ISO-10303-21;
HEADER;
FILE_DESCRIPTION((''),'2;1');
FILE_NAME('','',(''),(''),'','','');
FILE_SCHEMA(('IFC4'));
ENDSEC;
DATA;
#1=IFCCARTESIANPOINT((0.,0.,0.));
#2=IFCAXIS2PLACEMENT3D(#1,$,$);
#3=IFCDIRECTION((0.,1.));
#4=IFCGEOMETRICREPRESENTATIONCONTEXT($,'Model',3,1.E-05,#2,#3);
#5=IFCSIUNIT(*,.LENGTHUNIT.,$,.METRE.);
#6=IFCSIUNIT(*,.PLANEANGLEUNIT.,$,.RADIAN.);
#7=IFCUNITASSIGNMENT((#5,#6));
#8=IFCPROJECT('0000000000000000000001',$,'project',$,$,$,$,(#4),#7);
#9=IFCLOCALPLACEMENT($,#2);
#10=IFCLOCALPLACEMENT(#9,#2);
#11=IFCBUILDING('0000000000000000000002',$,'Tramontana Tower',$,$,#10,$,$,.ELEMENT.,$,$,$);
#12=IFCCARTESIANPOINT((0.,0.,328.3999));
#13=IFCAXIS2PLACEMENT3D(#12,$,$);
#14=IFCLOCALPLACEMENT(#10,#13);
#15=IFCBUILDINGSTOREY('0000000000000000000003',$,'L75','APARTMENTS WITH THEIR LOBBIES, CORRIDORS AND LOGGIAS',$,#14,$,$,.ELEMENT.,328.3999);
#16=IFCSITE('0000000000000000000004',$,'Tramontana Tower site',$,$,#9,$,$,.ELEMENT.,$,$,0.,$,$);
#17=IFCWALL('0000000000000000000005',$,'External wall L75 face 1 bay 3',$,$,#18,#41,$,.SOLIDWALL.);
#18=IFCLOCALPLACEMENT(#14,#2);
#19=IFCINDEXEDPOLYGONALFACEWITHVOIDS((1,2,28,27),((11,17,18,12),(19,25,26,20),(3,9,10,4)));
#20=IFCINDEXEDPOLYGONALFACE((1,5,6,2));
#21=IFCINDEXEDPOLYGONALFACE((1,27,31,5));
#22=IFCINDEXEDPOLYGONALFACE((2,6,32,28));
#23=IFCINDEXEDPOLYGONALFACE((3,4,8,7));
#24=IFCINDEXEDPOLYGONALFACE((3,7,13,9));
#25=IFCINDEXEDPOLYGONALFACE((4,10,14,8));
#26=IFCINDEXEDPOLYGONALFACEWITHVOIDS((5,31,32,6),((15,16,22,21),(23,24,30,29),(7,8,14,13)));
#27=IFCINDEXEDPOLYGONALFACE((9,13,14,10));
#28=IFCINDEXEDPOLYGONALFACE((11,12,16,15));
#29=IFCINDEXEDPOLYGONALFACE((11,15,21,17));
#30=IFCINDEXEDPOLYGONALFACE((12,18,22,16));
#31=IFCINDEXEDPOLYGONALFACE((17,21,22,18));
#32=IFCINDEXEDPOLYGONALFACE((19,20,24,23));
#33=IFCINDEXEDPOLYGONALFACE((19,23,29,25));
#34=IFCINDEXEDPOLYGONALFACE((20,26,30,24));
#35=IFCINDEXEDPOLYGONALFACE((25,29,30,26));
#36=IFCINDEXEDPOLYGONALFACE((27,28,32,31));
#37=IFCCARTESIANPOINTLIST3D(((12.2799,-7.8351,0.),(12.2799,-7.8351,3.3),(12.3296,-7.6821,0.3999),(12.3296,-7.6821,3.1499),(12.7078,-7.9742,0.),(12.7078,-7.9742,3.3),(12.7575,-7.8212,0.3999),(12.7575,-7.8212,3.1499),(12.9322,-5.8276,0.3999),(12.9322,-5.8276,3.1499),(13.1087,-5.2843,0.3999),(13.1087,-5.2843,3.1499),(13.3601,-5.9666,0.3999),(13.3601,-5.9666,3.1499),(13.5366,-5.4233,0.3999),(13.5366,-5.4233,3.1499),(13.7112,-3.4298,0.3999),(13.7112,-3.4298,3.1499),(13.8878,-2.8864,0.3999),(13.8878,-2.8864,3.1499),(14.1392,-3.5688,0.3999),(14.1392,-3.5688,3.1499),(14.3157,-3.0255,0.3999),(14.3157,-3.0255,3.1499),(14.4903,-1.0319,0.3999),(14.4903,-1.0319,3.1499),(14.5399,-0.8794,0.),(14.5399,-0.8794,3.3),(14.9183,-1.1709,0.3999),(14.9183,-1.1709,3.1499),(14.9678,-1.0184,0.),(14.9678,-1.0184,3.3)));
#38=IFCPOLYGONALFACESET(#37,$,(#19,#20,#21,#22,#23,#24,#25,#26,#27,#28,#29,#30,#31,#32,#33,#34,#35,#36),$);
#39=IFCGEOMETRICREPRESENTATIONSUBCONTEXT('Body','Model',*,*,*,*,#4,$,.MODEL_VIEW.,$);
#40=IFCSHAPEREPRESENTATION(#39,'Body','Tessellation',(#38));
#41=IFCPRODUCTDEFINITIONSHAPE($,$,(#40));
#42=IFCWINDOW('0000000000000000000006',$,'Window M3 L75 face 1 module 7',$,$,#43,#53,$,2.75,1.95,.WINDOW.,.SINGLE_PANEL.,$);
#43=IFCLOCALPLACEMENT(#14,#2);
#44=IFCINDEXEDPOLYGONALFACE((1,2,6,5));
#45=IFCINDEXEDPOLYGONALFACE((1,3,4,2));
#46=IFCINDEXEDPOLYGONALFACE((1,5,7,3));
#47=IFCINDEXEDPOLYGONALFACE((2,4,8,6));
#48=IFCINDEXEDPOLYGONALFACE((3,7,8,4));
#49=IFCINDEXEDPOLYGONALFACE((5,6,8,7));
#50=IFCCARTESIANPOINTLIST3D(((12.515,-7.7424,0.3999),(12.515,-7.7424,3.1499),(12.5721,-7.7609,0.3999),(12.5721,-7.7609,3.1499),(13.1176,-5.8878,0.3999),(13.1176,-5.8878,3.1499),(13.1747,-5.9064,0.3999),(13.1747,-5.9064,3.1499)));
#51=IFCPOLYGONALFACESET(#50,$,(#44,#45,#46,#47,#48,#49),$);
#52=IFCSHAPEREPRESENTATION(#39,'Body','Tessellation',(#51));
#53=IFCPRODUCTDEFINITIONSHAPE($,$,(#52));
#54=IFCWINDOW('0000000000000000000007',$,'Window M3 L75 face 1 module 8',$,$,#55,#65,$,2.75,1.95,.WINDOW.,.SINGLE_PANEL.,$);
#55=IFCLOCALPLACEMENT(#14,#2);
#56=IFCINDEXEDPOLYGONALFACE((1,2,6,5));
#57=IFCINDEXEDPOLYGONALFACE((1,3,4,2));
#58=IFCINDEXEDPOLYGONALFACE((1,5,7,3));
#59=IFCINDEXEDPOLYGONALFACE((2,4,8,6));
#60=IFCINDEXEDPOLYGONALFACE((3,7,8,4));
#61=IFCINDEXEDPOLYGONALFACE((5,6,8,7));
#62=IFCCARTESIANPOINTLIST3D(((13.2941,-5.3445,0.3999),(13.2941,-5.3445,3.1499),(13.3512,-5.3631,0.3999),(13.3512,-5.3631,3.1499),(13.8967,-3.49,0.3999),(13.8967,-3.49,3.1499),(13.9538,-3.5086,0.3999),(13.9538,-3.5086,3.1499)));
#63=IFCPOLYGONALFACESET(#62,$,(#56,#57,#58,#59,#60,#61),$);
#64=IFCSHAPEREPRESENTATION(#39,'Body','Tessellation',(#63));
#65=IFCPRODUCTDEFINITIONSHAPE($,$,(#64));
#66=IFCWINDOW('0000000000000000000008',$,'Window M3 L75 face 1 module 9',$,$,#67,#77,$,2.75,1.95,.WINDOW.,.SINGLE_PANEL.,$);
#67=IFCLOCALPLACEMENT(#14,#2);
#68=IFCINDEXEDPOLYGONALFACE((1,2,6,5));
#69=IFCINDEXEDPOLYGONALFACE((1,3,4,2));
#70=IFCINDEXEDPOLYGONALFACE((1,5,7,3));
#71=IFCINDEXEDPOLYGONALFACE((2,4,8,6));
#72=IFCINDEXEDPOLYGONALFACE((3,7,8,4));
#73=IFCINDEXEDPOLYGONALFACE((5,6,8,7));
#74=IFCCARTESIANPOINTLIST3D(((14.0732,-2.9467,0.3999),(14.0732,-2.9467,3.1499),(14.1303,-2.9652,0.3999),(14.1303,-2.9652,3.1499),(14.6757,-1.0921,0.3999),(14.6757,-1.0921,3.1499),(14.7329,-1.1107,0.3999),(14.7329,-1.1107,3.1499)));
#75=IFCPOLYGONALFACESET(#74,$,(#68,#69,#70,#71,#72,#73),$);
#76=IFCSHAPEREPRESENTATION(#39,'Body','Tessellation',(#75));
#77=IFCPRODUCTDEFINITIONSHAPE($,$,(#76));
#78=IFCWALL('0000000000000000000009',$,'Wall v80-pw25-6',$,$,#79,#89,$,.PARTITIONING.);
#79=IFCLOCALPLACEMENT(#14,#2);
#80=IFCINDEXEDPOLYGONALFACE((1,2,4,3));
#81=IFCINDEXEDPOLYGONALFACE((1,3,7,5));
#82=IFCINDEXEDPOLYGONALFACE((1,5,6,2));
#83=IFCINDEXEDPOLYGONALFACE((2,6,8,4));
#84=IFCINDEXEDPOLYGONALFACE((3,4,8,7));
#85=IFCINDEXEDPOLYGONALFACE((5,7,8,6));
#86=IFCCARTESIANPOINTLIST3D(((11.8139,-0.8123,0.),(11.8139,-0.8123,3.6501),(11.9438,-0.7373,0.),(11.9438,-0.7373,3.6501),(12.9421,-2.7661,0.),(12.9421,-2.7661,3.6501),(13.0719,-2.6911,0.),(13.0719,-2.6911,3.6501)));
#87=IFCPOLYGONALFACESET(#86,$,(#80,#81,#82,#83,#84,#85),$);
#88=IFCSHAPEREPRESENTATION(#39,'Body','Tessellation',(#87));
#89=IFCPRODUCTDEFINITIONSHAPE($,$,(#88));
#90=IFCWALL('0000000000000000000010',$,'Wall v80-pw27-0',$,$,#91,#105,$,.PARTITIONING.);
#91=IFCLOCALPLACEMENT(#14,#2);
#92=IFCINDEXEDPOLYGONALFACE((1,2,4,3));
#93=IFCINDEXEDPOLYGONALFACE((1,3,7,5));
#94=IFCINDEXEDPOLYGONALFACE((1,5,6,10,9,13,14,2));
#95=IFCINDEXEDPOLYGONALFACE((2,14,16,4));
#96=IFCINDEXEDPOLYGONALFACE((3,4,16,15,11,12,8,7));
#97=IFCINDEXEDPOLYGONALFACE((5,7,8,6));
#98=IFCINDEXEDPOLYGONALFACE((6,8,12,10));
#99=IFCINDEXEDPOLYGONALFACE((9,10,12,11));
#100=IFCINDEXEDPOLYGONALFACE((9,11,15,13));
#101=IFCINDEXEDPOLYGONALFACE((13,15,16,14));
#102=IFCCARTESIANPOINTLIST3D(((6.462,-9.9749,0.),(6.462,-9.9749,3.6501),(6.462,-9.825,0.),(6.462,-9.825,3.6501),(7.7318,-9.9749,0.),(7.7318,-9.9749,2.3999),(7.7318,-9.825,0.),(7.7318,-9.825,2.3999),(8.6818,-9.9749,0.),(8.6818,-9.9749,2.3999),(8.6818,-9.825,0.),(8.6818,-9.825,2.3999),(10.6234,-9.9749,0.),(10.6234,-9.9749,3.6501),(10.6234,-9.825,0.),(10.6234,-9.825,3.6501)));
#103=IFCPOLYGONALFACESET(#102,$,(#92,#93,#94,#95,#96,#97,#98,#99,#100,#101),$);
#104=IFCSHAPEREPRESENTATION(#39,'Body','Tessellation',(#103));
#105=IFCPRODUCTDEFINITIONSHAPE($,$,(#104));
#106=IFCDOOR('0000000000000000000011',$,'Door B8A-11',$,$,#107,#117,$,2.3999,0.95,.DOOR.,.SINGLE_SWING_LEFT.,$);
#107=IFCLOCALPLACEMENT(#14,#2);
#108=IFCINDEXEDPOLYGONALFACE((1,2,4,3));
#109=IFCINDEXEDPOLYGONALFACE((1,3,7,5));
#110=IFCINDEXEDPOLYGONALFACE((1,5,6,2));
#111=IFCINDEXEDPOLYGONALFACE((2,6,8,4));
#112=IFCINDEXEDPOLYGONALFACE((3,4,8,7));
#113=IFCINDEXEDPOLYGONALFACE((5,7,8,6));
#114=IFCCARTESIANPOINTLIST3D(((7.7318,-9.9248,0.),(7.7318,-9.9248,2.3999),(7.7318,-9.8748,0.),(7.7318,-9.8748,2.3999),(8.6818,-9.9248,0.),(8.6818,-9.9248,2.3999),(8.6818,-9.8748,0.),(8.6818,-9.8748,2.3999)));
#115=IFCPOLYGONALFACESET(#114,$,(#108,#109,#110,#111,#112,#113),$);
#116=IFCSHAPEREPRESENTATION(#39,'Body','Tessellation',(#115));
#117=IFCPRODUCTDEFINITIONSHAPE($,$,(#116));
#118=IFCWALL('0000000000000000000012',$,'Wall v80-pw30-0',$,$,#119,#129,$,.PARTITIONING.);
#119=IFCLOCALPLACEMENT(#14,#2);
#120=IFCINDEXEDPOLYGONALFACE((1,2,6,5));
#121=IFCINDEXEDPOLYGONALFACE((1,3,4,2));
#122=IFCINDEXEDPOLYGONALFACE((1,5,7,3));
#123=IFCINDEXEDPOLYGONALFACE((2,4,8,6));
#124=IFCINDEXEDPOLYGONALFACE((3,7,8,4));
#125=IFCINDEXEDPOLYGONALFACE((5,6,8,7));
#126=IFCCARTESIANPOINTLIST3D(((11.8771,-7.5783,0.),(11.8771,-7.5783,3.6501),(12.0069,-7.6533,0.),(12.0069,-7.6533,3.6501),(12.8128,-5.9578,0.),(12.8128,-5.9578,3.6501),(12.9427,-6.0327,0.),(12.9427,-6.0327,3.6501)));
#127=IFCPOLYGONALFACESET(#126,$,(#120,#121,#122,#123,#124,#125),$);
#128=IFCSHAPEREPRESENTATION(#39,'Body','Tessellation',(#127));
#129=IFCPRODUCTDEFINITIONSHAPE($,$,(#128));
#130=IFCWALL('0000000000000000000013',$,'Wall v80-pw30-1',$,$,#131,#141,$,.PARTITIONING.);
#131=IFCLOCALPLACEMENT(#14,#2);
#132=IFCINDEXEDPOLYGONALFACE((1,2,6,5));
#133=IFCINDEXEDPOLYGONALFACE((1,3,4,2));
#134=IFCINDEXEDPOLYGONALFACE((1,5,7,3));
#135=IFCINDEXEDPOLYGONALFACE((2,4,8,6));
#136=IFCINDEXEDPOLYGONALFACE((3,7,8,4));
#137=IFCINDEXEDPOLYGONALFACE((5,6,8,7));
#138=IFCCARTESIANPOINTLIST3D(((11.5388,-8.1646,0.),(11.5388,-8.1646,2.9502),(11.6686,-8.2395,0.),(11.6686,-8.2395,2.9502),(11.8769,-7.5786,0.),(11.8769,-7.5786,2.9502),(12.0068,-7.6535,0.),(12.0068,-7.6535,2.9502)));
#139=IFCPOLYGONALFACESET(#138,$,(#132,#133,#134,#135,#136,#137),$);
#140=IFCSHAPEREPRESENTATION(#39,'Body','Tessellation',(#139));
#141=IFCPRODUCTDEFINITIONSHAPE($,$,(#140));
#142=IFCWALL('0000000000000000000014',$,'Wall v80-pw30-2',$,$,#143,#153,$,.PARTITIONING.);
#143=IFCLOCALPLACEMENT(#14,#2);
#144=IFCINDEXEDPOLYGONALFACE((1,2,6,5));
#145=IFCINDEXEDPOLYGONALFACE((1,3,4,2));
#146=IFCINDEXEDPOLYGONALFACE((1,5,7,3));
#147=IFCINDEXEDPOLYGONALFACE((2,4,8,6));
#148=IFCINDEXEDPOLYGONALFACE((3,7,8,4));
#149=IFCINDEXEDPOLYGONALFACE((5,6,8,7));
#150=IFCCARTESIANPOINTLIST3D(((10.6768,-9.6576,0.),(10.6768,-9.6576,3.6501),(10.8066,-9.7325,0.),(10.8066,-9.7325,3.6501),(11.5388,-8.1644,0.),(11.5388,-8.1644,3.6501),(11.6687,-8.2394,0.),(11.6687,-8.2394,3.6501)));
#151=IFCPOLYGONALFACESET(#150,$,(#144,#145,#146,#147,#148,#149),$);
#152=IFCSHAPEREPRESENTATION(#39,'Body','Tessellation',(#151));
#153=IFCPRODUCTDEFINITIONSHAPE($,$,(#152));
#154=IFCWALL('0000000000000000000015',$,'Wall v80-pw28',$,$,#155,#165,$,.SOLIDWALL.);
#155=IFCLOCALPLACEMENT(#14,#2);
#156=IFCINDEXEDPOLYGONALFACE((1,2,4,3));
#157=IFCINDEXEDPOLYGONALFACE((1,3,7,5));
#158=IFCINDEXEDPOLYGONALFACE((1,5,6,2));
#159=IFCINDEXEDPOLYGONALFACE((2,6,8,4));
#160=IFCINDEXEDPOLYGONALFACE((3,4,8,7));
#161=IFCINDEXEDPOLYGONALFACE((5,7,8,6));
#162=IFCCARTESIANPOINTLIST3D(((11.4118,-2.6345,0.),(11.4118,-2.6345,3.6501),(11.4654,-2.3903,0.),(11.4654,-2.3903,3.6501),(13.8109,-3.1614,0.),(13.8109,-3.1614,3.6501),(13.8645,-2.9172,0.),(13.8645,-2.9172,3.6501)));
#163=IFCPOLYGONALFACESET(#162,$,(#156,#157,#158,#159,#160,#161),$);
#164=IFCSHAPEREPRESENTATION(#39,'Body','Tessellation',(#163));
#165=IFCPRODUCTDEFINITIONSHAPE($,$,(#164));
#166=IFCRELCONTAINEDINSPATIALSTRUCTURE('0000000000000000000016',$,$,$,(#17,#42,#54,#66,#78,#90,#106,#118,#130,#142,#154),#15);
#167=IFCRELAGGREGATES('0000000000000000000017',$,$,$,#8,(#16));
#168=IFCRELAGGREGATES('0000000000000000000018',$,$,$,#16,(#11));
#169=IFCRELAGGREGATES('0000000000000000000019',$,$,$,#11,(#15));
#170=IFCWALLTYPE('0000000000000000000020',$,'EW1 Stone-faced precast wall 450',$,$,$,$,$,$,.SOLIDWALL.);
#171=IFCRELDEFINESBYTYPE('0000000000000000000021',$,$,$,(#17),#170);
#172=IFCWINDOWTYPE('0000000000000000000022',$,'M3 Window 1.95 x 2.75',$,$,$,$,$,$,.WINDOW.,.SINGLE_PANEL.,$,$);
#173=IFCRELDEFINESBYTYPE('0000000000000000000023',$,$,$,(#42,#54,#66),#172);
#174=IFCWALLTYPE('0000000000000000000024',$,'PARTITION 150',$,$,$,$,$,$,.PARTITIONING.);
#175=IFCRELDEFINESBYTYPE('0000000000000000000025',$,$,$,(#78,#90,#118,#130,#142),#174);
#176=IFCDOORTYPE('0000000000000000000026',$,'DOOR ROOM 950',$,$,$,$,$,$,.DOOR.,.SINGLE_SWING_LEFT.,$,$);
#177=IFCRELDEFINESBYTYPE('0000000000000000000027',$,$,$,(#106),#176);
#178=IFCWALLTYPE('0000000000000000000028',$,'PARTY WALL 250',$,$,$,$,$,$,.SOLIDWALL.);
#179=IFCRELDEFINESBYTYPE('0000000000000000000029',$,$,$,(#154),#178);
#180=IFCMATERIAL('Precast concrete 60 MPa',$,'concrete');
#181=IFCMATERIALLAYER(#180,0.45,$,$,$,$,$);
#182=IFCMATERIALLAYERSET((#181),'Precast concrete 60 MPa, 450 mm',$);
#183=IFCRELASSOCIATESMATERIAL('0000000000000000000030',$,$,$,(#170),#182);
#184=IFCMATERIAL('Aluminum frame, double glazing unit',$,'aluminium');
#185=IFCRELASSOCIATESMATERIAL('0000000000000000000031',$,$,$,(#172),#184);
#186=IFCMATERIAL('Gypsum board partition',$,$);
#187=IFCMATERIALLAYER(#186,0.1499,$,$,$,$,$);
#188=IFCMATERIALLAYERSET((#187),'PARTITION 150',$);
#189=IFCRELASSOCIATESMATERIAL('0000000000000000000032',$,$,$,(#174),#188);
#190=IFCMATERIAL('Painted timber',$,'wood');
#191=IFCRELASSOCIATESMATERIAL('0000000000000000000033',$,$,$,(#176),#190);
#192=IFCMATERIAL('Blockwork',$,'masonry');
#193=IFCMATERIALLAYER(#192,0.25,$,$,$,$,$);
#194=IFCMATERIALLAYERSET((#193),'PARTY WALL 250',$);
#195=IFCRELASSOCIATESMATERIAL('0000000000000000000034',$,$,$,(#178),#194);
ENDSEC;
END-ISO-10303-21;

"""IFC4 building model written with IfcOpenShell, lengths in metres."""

from ifc_helpers import new_model, si_unit, direction, frame, frame_2d, origin, place, context, subcontext, project, spatial, rectangle, extrude, material, layer, layer_set, type_object, element, fill, save


model = new_model("IFC4")

# Units and contexts
model_context = context("Model", 3, precision=1e-05, world=origin(), true_north=direction((0.0, 1.0)))
body_context = subcontext(model_context, "Body", "Model", "MODEL_VIEW")
ifc_project = project(units=[si_unit("LENGTHUNIT", "METRE"), si_unit("PLANEANGLEUNIT", "RADIAN")], contexts=[model_context])

# Site, building, storey
site_placement = place(None, origin())
site = spatial("IfcSite", under=ifc_project, at=site_placement, Name="Tramontana Tower site", CompositionType="ELEMENT", RefElevation=0.0)
building_placement = place(site_placement, origin())
building = spatial("IfcBuilding", under=site, at=building_placement, Name="Tramontana Tower", CompositionType="ELEMENT")
storey_placement = place(building_placement, frame((0.0, 0.0, 328.3999)))
storey = spatial("IfcBuildingStorey", under=building, at=storey_placement, Name="L75", Description="APARTMENTS WITH THEIR LOBBIES, CORRIDORS AND LOGGIAS", CompositionType="ELEMENT", Elevation=328.3999)

# Wall, openings, windows
ifc_material_1 = material(Name="Precast concrete 60 MPa", Category="concrete")
ifc_layer_1 = layer(ifc_material_1, 0.45)
ifc_layer_set_1 = layer_set([ifc_layer_1], Name="Precast concrete 60 MPa, 450 mm")
wall_type_1 = type_object("IfcWallType", Name="EW1 Stone-faced precast wall 450", PredefinedType="SOLIDWALL", material=ifc_layer_set_1)
wall_1_placement = place(storey_placement, frame((12.4939, -7.9045, 0.0), z_axis=(0.0, 0.0, 1.0), x_axis=(0.309008, 0.951059, 0.0)))
wall_1 = element("IfcWall", 1, at=wall_1_placement, inside=storey, type_object=wall_type_1, Name="External wall L75 face 1 bay 3", PredefinedType="SOLIDWALL", context=body_context, shape_type="SweptSolid", body=[
    extrude(rectangle(XDim=7.3137, YDim=0.45, at=frame_2d((3.6567, 0.0))), origin(), (0.0, 0.0, 1.0), 3.3),
])
opening_1_placement = place(wall_1_placement, frame((0.1606, 0.0, 0.3999)))
opening_1 = element("IfcOpeningElement", 2, at=opening_1_placement, cuts=wall_1, PredefinedType="OPENING", context=body_context, shape_type="SweptSolid", body=[
    extrude(rectangle(XDim=1.95, YDim=2.75, at=frame_2d((0.9751, 1.375))), frame((0.0, 0.2349, 0.0), z_axis=(0.0, -1.0, 0.0), x_axis=(1.0, 0.0, 0.0)), (0.0, 0.0, 1.0), 0.47),
])
opening_2_placement = place(wall_1_placement, frame((2.6819, 0.0, 0.3999)))
opening_2 = element("IfcOpeningElement", 3, at=opening_2_placement, cuts=wall_1, PredefinedType="OPENING", context=body_context, shape_type="SweptSolid", body=[
    extrude(rectangle(XDim=1.95, YDim=2.75, at=frame_2d((0.9751, 1.375))), frame((0.0, 0.2349, 0.0), z_axis=(0.0, -1.0, 0.0), x_axis=(1.0, 0.0, 0.0)), (0.0, 0.0, 1.0), 0.47),
])
opening_3_placement = place(wall_1_placement, frame((5.2031, 0.0, 0.3999)))
opening_3 = element("IfcOpeningElement", 4, at=opening_3_placement, cuts=wall_1, PredefinedType="OPENING", context=body_context, shape_type="SweptSolid", body=[
    extrude(rectangle(XDim=1.95, YDim=2.75, at=frame_2d((0.9751, 1.375))), frame((0.0, 0.2349, 0.0), z_axis=(0.0, -1.0, 0.0), x_axis=(1.0, 0.0, 0.0)), (0.0, 0.0, 1.0), 0.47),
])
ifc_material_2 = material(Name="Aluminum frame, double glazing unit", Category="aluminium")
window_type = type_object("IfcWindowType", Name="M3 Window 1.95 x 2.75", PartitioningType="SINGLE_PANEL", PredefinedType="WINDOW", material=ifc_material_2)
window_1_placement = place(opening_1_placement, origin())
window_1 = element("IfcWindow", 5, at=window_1_placement, inside=storey, type_object=window_type, Name="Window M3 L75 face 1 module 7", OverallHeight=2.75, OverallWidth=1.95, PartitioningType="SINGLE_PANEL", PredefinedType="WINDOW", context=body_context, shape_type="SweptSolid", body=[
    extrude(rectangle(XDim=1.95, YDim=2.75, at=frame_2d((0.9751, 1.375))), frame((0.0, 0.03, 0.0), z_axis=(0.0, -1.0, 0.0), x_axis=(1.0, 0.0, 0.0)), (0.0, 0.0, 1.0), 0.0601),
])
fill(opening_1, window_1)
window_2_placement = place(opening_2_placement, origin())
window_2 = element("IfcWindow", 6, at=window_2_placement, inside=storey, type_object=window_type, Name="Window M3 L75 face 1 module 8", OverallHeight=2.75, OverallWidth=1.95, PartitioningType="SINGLE_PANEL", PredefinedType="WINDOW", context=body_context, shape_type="SweptSolid", body=[
    extrude(rectangle(XDim=1.95, YDim=2.75, at=frame_2d((0.9751, 1.375))), frame((0.0, 0.03, 0.0), z_axis=(0.0, -1.0, 0.0), x_axis=(1.0, 0.0, 0.0)), (0.0, 0.0, 1.0), 0.0601),
])
fill(opening_2, window_2)
window_3_placement = place(opening_3_placement, origin())
window_3 = element("IfcWindow", 7, at=window_3_placement, inside=storey, type_object=window_type, Name="Window M3 L75 face 1 module 9", OverallHeight=2.75, OverallWidth=1.95, PartitioningType="SINGLE_PANEL", PredefinedType="WINDOW", context=body_context, shape_type="SweptSolid", body=[
    extrude(rectangle(XDim=1.95, YDim=2.75, at=frame_2d((0.9751, 1.375))), frame((0.0, 0.03, 0.0), z_axis=(0.0, -1.0, 0.0), x_axis=(1.0, 0.0, 0.0)), (0.0, 0.0, 1.0), 0.0601),
])
fill(opening_3, window_3)

# Wall
ifc_material_3 = material(Name="Gypsum board partition")
ifc_layer_2 = layer(ifc_material_3, 0.1499)
ifc_layer_set_2 = layer_set([ifc_layer_2], Name="PARTITION 150")
wall_type_2 = type_object("IfcWallType", Name="PARTITION 150", PredefinedType="PARTITIONING", material=ifc_layer_set_2)
wall_2_placement = place(storey_placement, frame((11.8789, -0.7749, 0.0), z_axis=(0.0, 0.0, 1.0), x_axis=(0.500038, -0.866004, 0.0)))
element("IfcWall", 8, at=wall_2_placement, inside=storey, type_object=wall_type_2, Name="Wall v80-pw25-6", PredefinedType="PARTITIONING", context=body_context, shape_type="SweptSolid", body=[
    extrude(rectangle(XDim=2.2561, YDim=0.1499, at=frame_2d((1.1279, 0.0))), origin(), (0.0, 0.0, 1.0), 3.6501),
])

# Wall, opening, door
wall_3_placement = place(storey_placement, frame((10.6233, -9.8999, 0.0), z_axis=(0.0, 0.0, 1.0), x_axis=(-1.0, 0.0, 0.0)))
wall_3 = element("IfcWall", 9, at=wall_3_placement, inside=storey, type_object=wall_type_2, Name="Wall v80-pw27-0", PredefinedType="PARTITIONING", context=body_context, shape_type="SweptSolid", body=[
    extrude(rectangle(XDim=4.1614, YDim=0.1499, at=frame_2d((2.0806, 0.0))), origin(), (0.0, 0.0, 1.0), 3.6501),
])
opening_4_placement = place(wall_3_placement, frame((1.9414, 0.0, 0.0)))
opening_4 = element("IfcOpeningElement", 10, at=opening_4_placement, cuts=wall_3, PredefinedType="OPENING", context=body_context, shape_type="SweptSolid", body=[
    extrude(rectangle(XDim=0.95, YDim=2.3999, at=frame_2d((0.4751, 1.2))), frame((0.0, 0.085, 0.0), z_axis=(0.0, -1.0, 0.0), x_axis=(1.0, 0.0, 0.0)), (0.0, 0.0, 1.0), 0.1699),
])
ifc_material_4 = material(Name="Painted timber", Category="wood")
door_type_1 = type_object("IfcDoorType", Name="DOOR ROOM 950", OperationType="SINGLE_SWING_LEFT", PredefinedType="DOOR", material=ifc_material_4)
door_1_placement = place(opening_4_placement, origin())
door_1 = element("IfcDoor", 11, at=door_1_placement, inside=storey, type_object=door_type_1, Name="Door B8A-11", OperationType="SINGLE_SWING_LEFT", OverallHeight=2.3999, OverallWidth=0.95, PredefinedType="DOOR", context=body_context, shape_type="SweptSolid", body=[
    extrude(rectangle(XDim=0.95, YDim=2.3999, at=frame_2d((0.4751, 1.2))), frame((0.0, 0.0249, 0.0), z_axis=(0.0, -1.0, 0.0), x_axis=(1.0, 0.0, 0.0)), (0.0, 0.0, 1.0), 0.05),
])
fill(opening_4, door_1)

# Walls
wall_4_placement = place(storey_placement, frame((12.8777, -5.9954, 0.0), z_axis=(0.0, 0.0, 1.0), x_axis=(-0.500054, -0.865994, 0.0)))
element("IfcWall", 12, at=wall_4_placement, inside=storey, type_object=wall_type_2, Name="Wall v80-pw30-0", PredefinedType="PARTITIONING", context=body_context, shape_type="SweptSolid", body=[
    extrude(rectangle(XDim=1.8713, YDim=0.1499, at=frame_2d((0.9355, 0.0))), origin(), (0.0, 0.0, 1.0), 3.6501),
])
wall_5_placement = place(storey_placement, frame((11.9419, -7.616, 0.0), z_axis=(0.0, 0.0, 1.0), x_axis=(-0.499827, -0.866125, 0.0)))
element("IfcWall", 13, at=wall_5_placement, inside=storey, type_object=wall_type_2, Name="Wall v80-pw30-1", PredefinedType="PARTITIONING", context=body_context, shape_type="SweptSolid", body=[
    extrude(rectangle(XDim=0.6765, YDim=0.1499, at=frame_2d((0.3384, 0.0))), origin(), (0.0, 0.0, 1.0), 2.9502),
])
wall_6_placement = place(storey_placement, frame((11.6038, -8.2019, 0.0), z_axis=(0.0, 0.0, 1.0), x_axis=(-0.499992, -0.86603, 0.0)))
element("IfcWall", 14, at=wall_6_placement, inside=storey, type_object=wall_type_2, Name="Wall v80-pw30-2", PredefinedType="PARTITIONING", context=body_context, shape_type="SweptSolid", body=[
    extrude(rectangle(XDim=1.7241, YDim=0.1499, at=frame_2d((0.8621, 0.0))), origin(), (0.0, 0.0, 1.0), 3.6501),
])
ifc_material_5 = material(Name="Blockwork", Category="masonry")
ifc_layer_3 = layer(ifc_material_5, 0.25)
ifc_layer_set_3 = layer_set([ifc_layer_3], Name="PARTY WALL 250")
wall_type_3 = type_object("IfcWallType", Name="PARTY WALL 250", PredefinedType="SOLIDWALL", material=ifc_layer_set_3)
wall_7_placement = place(storey_placement, frame((11.4387, -2.5125, 0.0), z_axis=(0.0, 0.0, 1.0), x_axis=(0.976727, -0.214488, 0.0)))
element("IfcWall", 15, at=wall_7_placement, inside=storey, type_object=wall_type_3, Name="Wall v80-pw28", PredefinedType="SOLIDWALL", context=body_context, shape_type="SweptSolid", body=[
    extrude(rectangle(XDim=2.4563, YDim=0.25, at=frame_2d((1.228, 0.0))), origin(), (0.0, 0.0, 1.0), 3.6501),
])

save(model, "model.ifc")
